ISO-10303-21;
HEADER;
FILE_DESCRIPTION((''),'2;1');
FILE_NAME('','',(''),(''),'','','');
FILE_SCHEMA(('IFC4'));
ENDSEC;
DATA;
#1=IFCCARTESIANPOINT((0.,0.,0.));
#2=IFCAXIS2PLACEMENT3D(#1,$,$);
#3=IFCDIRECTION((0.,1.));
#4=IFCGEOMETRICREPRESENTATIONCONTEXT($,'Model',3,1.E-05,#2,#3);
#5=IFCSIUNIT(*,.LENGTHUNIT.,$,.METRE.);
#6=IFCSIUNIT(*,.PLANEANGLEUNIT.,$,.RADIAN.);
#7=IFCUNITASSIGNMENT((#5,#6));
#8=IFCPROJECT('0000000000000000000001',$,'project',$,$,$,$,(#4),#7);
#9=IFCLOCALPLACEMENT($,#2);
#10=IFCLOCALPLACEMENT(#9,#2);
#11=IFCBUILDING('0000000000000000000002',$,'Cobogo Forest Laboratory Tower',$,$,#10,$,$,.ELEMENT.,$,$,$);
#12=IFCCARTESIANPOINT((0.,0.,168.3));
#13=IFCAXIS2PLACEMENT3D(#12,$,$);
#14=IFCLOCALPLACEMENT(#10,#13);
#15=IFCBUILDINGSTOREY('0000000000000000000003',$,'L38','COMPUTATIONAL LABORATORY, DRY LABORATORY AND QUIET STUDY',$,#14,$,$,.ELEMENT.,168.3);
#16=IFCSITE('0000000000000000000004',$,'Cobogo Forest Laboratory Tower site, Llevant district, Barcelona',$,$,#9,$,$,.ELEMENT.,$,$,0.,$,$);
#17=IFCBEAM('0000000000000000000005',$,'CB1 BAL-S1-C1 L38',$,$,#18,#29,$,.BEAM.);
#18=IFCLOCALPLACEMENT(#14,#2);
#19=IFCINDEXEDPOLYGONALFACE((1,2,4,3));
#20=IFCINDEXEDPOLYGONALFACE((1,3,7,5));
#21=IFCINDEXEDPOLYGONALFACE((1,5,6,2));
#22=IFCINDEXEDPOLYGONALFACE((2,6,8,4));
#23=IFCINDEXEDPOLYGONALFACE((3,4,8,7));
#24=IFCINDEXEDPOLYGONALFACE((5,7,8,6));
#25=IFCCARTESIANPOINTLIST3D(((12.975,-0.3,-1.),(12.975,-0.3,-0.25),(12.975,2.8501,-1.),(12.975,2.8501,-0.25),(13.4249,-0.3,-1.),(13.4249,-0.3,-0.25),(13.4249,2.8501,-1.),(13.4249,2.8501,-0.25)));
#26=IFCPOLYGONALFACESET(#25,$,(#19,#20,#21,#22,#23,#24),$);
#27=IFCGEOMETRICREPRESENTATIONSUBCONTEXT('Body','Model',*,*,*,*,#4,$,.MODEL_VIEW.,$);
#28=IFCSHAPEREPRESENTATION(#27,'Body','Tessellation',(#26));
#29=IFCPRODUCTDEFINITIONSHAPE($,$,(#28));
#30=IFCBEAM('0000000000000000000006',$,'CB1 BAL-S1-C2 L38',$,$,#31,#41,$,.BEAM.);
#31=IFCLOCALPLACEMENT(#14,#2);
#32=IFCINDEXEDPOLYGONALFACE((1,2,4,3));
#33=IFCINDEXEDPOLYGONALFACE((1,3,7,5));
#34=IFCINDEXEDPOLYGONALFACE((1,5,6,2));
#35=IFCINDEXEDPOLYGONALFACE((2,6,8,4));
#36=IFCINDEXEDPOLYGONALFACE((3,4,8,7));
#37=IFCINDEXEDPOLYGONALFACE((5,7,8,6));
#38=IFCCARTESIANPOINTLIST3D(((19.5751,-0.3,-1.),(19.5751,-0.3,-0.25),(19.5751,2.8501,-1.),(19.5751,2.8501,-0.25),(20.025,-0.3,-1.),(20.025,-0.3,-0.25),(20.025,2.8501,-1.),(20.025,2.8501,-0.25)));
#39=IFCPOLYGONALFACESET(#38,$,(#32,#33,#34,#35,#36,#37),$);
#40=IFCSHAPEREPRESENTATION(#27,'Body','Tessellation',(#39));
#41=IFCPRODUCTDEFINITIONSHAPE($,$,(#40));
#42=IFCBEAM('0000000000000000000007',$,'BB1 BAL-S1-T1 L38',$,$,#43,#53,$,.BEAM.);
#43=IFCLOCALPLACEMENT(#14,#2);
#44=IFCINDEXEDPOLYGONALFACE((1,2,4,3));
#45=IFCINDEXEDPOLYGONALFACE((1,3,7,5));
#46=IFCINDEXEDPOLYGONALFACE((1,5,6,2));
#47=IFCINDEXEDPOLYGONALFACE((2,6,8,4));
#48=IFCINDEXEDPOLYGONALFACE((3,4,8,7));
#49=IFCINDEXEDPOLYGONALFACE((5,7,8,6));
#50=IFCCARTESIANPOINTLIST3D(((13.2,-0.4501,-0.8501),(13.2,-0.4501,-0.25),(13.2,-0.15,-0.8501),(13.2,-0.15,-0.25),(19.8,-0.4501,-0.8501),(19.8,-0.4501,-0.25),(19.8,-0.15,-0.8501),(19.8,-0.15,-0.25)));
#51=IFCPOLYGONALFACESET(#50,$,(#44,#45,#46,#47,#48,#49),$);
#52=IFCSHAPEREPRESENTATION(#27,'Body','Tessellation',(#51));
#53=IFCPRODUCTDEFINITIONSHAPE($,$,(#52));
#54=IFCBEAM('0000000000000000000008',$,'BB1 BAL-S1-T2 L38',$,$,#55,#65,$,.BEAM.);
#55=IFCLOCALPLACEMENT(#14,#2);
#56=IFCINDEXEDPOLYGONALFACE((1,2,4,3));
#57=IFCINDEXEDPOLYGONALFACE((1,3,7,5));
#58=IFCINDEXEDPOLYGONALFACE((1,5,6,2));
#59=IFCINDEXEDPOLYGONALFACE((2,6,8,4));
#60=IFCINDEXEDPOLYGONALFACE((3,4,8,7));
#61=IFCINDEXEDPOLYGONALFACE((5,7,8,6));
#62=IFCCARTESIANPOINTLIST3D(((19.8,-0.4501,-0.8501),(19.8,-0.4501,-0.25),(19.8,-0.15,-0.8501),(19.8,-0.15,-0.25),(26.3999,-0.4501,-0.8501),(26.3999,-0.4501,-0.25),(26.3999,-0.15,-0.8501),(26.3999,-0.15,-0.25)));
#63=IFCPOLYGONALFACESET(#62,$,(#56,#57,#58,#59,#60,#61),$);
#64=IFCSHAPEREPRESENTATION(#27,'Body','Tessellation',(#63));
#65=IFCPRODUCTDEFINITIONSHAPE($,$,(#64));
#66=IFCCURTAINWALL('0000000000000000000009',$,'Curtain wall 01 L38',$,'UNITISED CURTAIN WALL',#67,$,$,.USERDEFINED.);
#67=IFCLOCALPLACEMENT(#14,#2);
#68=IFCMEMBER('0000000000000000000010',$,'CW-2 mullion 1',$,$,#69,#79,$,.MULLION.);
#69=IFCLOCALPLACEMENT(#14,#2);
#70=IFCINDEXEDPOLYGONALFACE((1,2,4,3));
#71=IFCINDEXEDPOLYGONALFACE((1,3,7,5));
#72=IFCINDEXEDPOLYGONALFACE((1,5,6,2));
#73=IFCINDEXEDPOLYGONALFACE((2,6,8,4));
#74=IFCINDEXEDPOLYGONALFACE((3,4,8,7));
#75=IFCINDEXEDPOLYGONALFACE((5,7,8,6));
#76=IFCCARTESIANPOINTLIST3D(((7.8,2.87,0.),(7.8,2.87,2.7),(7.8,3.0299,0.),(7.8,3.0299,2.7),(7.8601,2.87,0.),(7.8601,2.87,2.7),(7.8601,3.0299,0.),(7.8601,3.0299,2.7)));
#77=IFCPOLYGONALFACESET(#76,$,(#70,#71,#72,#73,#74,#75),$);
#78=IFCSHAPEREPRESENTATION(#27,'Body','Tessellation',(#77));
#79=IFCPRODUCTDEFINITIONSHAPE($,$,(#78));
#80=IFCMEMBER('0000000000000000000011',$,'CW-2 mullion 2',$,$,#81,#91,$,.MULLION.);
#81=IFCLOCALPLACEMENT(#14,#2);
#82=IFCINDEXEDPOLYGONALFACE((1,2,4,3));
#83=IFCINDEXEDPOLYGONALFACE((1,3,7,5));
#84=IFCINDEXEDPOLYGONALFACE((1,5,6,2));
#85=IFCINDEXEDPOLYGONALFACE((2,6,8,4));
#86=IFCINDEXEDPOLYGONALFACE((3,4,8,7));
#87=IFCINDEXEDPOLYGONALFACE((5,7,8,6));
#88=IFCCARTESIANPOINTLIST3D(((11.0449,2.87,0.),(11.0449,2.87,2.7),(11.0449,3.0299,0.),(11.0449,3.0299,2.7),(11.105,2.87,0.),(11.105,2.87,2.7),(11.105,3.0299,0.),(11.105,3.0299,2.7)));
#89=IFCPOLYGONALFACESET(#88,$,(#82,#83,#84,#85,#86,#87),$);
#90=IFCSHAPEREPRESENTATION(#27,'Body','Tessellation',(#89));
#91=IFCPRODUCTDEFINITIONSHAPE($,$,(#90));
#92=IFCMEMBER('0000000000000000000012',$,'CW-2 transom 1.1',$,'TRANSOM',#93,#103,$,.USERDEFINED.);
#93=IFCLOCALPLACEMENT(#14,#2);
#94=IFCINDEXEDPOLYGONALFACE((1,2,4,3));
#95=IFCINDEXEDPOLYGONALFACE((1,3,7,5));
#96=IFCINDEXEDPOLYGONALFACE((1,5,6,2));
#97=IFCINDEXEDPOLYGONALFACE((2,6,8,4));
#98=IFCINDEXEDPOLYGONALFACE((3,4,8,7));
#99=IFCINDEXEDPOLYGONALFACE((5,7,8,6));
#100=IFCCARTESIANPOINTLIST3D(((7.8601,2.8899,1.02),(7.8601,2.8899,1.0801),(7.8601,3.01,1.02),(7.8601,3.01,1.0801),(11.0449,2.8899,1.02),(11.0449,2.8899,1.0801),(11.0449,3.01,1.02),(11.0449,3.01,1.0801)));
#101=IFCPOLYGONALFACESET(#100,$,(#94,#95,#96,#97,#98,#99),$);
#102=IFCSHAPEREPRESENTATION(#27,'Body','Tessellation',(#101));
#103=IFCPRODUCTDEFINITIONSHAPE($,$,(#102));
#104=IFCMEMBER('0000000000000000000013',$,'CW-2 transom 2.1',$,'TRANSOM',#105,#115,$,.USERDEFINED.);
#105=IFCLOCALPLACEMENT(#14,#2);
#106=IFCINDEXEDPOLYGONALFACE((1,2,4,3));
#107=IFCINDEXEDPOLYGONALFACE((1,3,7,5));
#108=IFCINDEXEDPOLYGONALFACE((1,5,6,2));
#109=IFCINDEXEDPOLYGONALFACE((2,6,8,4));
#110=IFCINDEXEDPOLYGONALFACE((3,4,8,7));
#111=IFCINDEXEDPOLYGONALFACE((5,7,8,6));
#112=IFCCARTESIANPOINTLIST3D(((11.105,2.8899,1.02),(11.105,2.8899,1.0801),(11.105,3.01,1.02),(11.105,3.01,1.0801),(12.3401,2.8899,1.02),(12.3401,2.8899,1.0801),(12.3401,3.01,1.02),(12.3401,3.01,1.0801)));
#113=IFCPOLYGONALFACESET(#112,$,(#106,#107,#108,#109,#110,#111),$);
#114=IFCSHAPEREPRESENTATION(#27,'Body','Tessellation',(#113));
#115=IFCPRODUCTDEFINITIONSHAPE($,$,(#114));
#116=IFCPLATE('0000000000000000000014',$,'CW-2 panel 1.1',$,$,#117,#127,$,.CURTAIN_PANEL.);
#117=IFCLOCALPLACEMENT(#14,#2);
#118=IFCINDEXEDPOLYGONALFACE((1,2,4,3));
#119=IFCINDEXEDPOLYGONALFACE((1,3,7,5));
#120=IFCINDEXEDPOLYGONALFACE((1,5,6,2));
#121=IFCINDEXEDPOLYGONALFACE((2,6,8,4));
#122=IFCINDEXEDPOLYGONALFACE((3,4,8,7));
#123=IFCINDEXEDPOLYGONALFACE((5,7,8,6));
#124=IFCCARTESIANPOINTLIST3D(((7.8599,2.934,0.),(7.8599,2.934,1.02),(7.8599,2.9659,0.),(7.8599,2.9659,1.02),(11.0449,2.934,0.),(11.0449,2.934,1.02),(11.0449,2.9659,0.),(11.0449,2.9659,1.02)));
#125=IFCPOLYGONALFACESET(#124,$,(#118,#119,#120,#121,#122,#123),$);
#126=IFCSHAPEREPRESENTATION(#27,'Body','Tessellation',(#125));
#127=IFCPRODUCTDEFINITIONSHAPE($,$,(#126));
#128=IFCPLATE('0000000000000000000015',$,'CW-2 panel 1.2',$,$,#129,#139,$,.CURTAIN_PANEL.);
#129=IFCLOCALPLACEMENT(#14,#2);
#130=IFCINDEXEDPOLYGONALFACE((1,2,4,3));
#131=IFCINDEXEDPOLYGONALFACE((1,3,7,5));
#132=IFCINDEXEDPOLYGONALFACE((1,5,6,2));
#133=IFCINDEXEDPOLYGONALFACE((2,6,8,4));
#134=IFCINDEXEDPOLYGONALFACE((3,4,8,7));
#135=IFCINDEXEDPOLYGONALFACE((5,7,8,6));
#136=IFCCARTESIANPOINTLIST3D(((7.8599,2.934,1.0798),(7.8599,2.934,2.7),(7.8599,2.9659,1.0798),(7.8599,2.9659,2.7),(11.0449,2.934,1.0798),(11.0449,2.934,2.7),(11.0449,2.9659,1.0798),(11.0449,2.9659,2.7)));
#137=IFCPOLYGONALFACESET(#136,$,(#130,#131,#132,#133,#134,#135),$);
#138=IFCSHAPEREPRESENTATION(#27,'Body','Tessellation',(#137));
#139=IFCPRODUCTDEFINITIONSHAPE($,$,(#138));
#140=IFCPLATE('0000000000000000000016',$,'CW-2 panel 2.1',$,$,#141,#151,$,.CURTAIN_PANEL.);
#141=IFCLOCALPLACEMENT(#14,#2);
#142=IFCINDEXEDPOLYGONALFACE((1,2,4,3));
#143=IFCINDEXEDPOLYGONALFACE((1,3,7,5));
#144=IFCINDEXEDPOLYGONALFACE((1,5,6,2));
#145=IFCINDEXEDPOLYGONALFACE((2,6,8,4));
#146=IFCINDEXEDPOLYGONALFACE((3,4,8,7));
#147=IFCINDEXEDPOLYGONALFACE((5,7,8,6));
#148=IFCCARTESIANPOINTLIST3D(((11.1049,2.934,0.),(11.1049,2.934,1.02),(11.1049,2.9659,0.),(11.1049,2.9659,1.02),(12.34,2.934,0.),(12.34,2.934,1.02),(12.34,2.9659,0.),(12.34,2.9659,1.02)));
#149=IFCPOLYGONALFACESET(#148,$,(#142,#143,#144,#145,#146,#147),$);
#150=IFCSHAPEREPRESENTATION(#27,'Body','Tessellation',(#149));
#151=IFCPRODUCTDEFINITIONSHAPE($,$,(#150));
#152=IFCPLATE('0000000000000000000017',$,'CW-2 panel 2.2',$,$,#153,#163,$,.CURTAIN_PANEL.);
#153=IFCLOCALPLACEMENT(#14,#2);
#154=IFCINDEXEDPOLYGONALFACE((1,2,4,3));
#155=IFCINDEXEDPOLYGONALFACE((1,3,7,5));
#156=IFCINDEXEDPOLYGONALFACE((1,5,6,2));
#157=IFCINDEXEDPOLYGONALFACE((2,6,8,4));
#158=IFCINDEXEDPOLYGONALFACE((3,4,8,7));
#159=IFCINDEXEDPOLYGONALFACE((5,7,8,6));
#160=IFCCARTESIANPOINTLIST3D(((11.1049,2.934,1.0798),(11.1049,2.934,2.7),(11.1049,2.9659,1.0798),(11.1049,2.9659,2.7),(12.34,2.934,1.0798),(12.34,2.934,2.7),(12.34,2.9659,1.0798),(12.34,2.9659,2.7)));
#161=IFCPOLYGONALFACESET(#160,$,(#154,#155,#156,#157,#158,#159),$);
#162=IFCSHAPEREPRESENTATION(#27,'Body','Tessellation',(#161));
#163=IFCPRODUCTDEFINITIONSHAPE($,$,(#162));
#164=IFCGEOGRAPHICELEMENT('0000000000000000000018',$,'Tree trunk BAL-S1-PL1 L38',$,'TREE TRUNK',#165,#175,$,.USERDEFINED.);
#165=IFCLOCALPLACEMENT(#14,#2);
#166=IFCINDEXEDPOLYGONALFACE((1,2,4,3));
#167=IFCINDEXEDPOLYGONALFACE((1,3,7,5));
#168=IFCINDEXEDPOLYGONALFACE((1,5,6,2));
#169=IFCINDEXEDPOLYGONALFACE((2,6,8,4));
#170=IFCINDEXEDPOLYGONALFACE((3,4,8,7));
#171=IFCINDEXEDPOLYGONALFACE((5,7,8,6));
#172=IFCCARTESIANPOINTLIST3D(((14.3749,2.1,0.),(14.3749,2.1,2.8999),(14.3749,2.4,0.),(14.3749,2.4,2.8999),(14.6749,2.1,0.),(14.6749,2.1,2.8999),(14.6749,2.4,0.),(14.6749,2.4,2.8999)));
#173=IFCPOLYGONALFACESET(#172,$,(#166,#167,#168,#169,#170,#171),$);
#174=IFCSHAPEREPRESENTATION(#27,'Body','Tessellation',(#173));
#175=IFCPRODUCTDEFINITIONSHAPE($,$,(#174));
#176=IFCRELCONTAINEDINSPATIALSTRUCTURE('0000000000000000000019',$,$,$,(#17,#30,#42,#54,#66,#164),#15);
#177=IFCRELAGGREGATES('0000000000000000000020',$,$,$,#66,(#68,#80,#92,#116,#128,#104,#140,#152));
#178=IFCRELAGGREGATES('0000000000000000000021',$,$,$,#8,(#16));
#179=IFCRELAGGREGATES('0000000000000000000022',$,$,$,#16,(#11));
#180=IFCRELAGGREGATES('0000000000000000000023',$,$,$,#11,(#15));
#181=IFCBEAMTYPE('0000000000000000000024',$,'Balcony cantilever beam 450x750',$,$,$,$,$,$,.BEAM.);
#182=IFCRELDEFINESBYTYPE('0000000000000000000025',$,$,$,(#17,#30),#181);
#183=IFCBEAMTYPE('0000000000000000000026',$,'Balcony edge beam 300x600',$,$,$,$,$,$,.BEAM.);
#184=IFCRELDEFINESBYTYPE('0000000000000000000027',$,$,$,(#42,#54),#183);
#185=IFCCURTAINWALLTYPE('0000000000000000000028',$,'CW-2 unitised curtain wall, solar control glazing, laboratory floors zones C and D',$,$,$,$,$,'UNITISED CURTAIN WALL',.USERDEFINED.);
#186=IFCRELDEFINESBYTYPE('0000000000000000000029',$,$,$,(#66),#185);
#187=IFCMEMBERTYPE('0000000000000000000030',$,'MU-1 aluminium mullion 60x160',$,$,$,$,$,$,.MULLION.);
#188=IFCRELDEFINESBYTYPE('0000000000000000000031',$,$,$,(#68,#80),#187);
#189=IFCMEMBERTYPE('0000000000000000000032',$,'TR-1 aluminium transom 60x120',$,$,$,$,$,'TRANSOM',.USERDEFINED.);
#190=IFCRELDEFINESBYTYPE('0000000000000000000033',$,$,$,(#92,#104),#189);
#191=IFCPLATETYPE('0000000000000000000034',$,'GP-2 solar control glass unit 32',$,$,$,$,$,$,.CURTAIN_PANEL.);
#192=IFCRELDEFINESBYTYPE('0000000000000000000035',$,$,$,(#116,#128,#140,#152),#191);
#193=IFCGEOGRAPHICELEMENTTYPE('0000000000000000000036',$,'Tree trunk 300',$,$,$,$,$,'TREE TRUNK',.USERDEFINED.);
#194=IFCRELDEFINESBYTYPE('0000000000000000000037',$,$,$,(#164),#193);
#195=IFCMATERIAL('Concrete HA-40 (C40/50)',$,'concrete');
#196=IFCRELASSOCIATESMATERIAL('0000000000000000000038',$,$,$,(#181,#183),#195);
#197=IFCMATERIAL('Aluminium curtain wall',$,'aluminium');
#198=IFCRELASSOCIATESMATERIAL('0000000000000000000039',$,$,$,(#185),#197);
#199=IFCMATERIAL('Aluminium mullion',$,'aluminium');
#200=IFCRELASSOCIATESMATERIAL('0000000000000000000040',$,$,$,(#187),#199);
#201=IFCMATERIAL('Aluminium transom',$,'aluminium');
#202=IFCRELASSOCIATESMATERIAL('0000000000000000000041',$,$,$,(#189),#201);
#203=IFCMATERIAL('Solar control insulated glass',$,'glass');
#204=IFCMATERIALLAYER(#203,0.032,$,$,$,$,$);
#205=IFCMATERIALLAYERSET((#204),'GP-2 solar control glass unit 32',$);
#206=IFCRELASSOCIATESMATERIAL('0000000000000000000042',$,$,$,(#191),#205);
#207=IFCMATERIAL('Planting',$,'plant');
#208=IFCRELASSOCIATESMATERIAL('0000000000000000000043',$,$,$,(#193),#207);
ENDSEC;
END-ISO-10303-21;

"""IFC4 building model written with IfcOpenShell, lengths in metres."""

from ifc_helpers import new_model, si_unit, direction, frame, origin, origin_2d, place, context, subcontext, project, spatial, rectangle, extrude, material, layer, layer_set, material_profile, profile_set, type_object, element, aggregate, save


model = new_model("IFC4")

# Units and contexts
model_context = context("Model", 3, precision=1e-05, world=origin(), true_north=direction((0.0, 1.0)))
body_context = subcontext(model_context, "Body", "Model", "MODEL_VIEW")
ifc_project = project(units=[si_unit("LENGTHUNIT", "METRE"), si_unit("PLANEANGLEUNIT", "RADIAN")], contexts=[model_context])

# Site, building, storey
site_placement = place(None, origin())
site = spatial("IfcSite", under=ifc_project, at=site_placement, Name="Cobogo Forest Laboratory Tower site, Llevant district, Barcelona", CompositionType="ELEMENT", RefElevation=0.0)
building_placement = place(site_placement, origin())
building = spatial("IfcBuilding", under=site, at=building_placement, Name="Cobogo Forest Laboratory Tower", CompositionType="ELEMENT")
storey_placement = place(building_placement, frame((0.0, 0.0, 168.3)))
storey = spatial("IfcBuildingStorey", under=building, at=storey_placement, Name="L38", Description="COMPUTATIONAL LABORATORY, DRY LABORATORY AND QUIET STUDY", CompositionType="ELEMENT", Elevation=168.3)

# Beams
ifc_material_1 = material(Name="Concrete HA-40 (C40/50)", Category="concrete")
ifc_material_profile_1 = material_profile(ifc_material_1, rectangle(XDim=0.45, YDim=0.75, at=origin_2d()), Name="RC 450x750")
ifc_profile_set_1 = profile_set([ifc_material_profile_1], Name="Concrete HA-40 (C40/50)")
beam_type_1 = type_object("IfcBeamType", Name="Balcony cantilever beam 450x750", PredefinedType="BEAM", material=ifc_profile_set_1)
for number, where, z_axis, x_axis, name in (
    (1, (13.2, 2.8501, -0.625), (0.0, -1.0, 0.0), (1.0, 0.0, 0.0), "CB1 BAL-S1-C1 L38"),
    (2, (19.8, 2.8501, -0.625), (0.0, -1.0, 0.0), (1.0, 0.0, 0.0), "CB1 BAL-S1-C2 L38"),
):
    element("IfcBeam", number, at=place(storey_placement, frame(where, z_axis=z_axis, x_axis=x_axis)), inside=storey, type_object=beam_type_1, Name=name, PredefinedType="BEAM", context=body_context, shape_type="SweptSolid", body=[
        extrude(rectangle(XDim=0.45, YDim=0.75, at=origin_2d()), origin(), (0.0, 0.0, 1.0), 3.1501),
    ])
ifc_material_profile_2 = material_profile(ifc_material_1, rectangle(XDim=0.3, YDim=0.6001, at=origin_2d()), Name="RC 300x600")
ifc_profile_set_2 = profile_set([ifc_material_profile_2], Name="Concrete HA-40 (C40/50)")
beam_type_2 = type_object("IfcBeamType", Name="Balcony edge beam 300x600", PredefinedType="BEAM", material=ifc_profile_set_2)
beam_1_placement = place(storey_placement, frame((13.2, -0.3, -0.55), z_axis=(1.0, 0.0, 0.0), x_axis=(0.0, 1.0, 0.0)))
element("IfcBeam", 3, at=beam_1_placement, inside=storey, type_object=beam_type_2, Name="BB1 BAL-S1-T1 L38", PredefinedType="BEAM", context=body_context, shape_type="SweptSolid", body=[
    extrude(rectangle(XDim=0.3, YDim=0.6001, at=origin_2d()), origin(), (0.0, 0.0, 1.0), 6.6001),
])
beam_2_placement = place(storey_placement, frame((19.8, -0.3, -0.55), z_axis=(1.0, 0.0, 0.0), x_axis=(0.0, 1.0, 0.0)))
element("IfcBeam", 4, at=beam_2_placement, inside=storey, type_object=beam_type_2, Name="BB1 BAL-S1-T2 L38", PredefinedType="BEAM", context=body_context, shape_type="SweptSolid", body=[
    extrude(rectangle(XDim=0.3, YDim=0.6001, at=origin_2d()), origin(), (0.0, 0.0, 1.0), 6.5999),
])

# Curtain wall, members, plates
ifc_material_2 = material(Name="Aluminium curtain wall", Category="aluminium")
curtain_wall_type = type_object("IfcCurtainWallType", Name="CW-2 unitised curtain wall, solar control glazing, laboratory floors zones C and D", ElementType="UNITISED CURTAIN WALL", PredefinedType="USERDEFINED", material=ifc_material_2)
curtain_wall_placement = place(storey_placement, origin())
curtain_wall = element("IfcCurtainWall", 5, at=curtain_wall_placement, inside=storey, type_object=curtain_wall_type, Name="Curtain wall 01 L38", ObjectType="UNITISED CURTAIN WALL", PredefinedType="USERDEFINED")
ifc_material_3 = material(Name="Aluminium mullion", Category="aluminium")
ifc_material_profile_3 = material_profile(ifc_material_3, rectangle(XDim=0.0601, YDim=0.1599, at=origin_2d()), Name="AL 60x160")
ifc_profile_set_3 = profile_set([ifc_material_profile_3], Name="Aluminium mullion")
member_type_1 = type_object("IfcMemberType", Name="MU-1 aluminium mullion 60x160", PredefinedType="MULLION", material=ifc_profile_set_3)
member_1_placement = place(storey_placement, frame((7.8301, 2.95, 0.0), z_axis=(0.0, 0.0, 1.0), x_axis=(1.0, 0.0, 0.0)))
member_1 = element("IfcMember", 6, at=member_1_placement, type_object=member_type_1, Name="CW-2 mullion 1", PredefinedType="MULLION", context=body_context, shape_type="SweptSolid", body=[
    extrude(rectangle(XDim=0.0601, YDim=0.1599, at=origin_2d()), origin(), (0.0, 0.0, 1.0), 2.7),
])
member_2_placement = place(storey_placement, frame((11.075, 2.95, 0.0), z_axis=(0.0, 0.0, 1.0), x_axis=(1.0, 0.0, 0.0)))
member_2 = element("IfcMember", 7, at=member_2_placement, type_object=member_type_1, Name="CW-2 mullion 2", PredefinedType="MULLION", context=body_context, shape_type="SweptSolid", body=[
    extrude(rectangle(XDim=0.0601, YDim=0.1599, at=origin_2d()), origin(), (0.0, 0.0, 1.0), 2.7),
])
ifc_material_4 = material(Name="Aluminium transom", Category="aluminium")
ifc_material_profile_4 = material_profile(ifc_material_4, rectangle(XDim=0.1201, YDim=0.0601, at=origin_2d()), Name="AL 60x120")
ifc_profile_set_4 = profile_set([ifc_material_profile_4], Name="Aluminium transom")
member_type_2 = type_object("IfcMemberType", Name="TR-1 aluminium transom 60x120", ElementType="TRANSOM", PredefinedType="USERDEFINED", material=ifc_profile_set_4)
member_3_placement = place(storey_placement, frame((7.8601, 2.95, 1.05), z_axis=(1.0, 0.0, 0.0), x_axis=(0.0, 1.0, 0.0)))
member_3 = element("IfcMember", 8, at=member_3_placement, type_object=member_type_2, Name="CW-2 transom 1.1", ObjectType="TRANSOM", PredefinedType="USERDEFINED", context=body_context, shape_type="SweptSolid", body=[
    extrude(rectangle(XDim=0.1201, YDim=0.0601, at=origin_2d()), origin(), (0.0, 0.0, 1.0), 3.1848),
])
member_4_placement = place(storey_placement, frame((11.105, 2.95, 1.05), z_axis=(1.0, 0.0, 0.0), x_axis=(0.0, 1.0, 0.0)))
member_4 = element("IfcMember", 9, at=member_4_placement, type_object=member_type_2, Name="CW-2 transom 2.1", ObjectType="TRANSOM", PredefinedType="USERDEFINED", context=body_context, shape_type="SweptSolid", body=[
    extrude(rectangle(XDim=0.1201, YDim=0.0601, at=origin_2d()), origin(), (0.0, 0.0, 1.0), 1.2351),
])
ifc_material_5 = material(Name="Solar control insulated glass", Category="glass")
ifc_layer = layer(ifc_material_5, 0.032)
ifc_layer_set = layer_set([ifc_layer], Name="GP-2 solar control glass unit 32")
plate_type = type_object("IfcPlateType", Name="GP-2 solar control glass unit 32", PredefinedType="CURTAIN_PANEL", material=ifc_layer_set)
plate_1_placement = place(storey_placement, frame((9.4524, 2.95, 0.0), z_axis=(0.0, 0.0, 1.0), x_axis=(1.0, 0.0, 0.0)))
plate_1 = element("IfcPlate", 10, at=plate_1_placement, type_object=plate_type, Name="CW-2 panel 1.1", PredefinedType="CURTAIN_PANEL", context=body_context, shape_type="SweptSolid", body=[
    extrude(rectangle(XDim=3.1851, YDim=0.032, at=origin_2d()), origin(), (0.0, 0.0, 1.0), 1.02),
])
plate_2_placement = place(storey_placement, frame((9.4524, 2.95, 1.0798), z_axis=(0.0, 0.0, 1.0), x_axis=(1.0, 0.0, 0.0)))
plate_2 = element("IfcPlate", 11, at=plate_2_placement, type_object=plate_type, Name="CW-2 panel 1.2", PredefinedType="CURTAIN_PANEL", context=body_context, shape_type="SweptSolid", body=[
    extrude(rectangle(XDim=3.1851, YDim=0.032, at=origin_2d()), origin(), (0.0, 0.0, 1.0), 1.6201),
])
plate_3_placement = place(storey_placement, frame((11.7224, 2.95, 0.0), z_axis=(0.0, 0.0, 1.0), x_axis=(1.0, 0.0, 0.0)))
plate_3 = element("IfcPlate", 12, at=plate_3_placement, type_object=plate_type, Name="CW-2 panel 2.1", PredefinedType="CURTAIN_PANEL", context=body_context, shape_type="SweptSolid", body=[
    extrude(rectangle(XDim=1.2351, YDim=0.032, at=origin_2d()), origin(), (0.0, 0.0, 1.0), 1.02),
])
plate_4_placement = place(storey_placement, frame((11.7224, 2.95, 1.0798), z_axis=(0.0, 0.0, 1.0), x_axis=(1.0, 0.0, 0.0)))
plate_4 = element("IfcPlate", 13, at=plate_4_placement, type_object=plate_type, Name="CW-2 panel 2.2", PredefinedType="CURTAIN_PANEL", context=body_context, shape_type="SweptSolid", body=[
    extrude(rectangle(XDim=1.2351, YDim=0.032, at=origin_2d()), origin(), (0.0, 0.0, 1.0), 1.6201),
])
aggregate(curtain_wall, [member_1, member_2, member_3, plate_1, plate_2, member_4, plate_3, plate_4])

# Geographic element
ifc_material_6 = material(Name="Planting", Category="plant")
geographic_element_type = type_object("IfcGeographicElementType", Name="Tree trunk 300", ElementType="TREE TRUNK", PredefinedType="USERDEFINED", material=ifc_material_6)
geographic_element_placement = place(storey_placement, frame((14.5249, 2.25, 0.0), z_axis=(0.0, 0.0, 1.0), x_axis=(1.0, 0.0, 0.0)))
element("IfcGeographicElement", 14, at=geographic_element_placement, inside=storey, type_object=geographic_element_type, Name="Tree trunk BAL-S1-PL1 L38", ObjectType="TREE TRUNK", PredefinedType="USERDEFINED", context=body_context, shape_type="SweptSolid", body=[
    extrude(rectangle(XDim=0.3, YDim=0.3, at=origin_2d()), origin(), (0.0, 0.0, 1.0), 2.8999),
])

save(model, "model.ifc")
